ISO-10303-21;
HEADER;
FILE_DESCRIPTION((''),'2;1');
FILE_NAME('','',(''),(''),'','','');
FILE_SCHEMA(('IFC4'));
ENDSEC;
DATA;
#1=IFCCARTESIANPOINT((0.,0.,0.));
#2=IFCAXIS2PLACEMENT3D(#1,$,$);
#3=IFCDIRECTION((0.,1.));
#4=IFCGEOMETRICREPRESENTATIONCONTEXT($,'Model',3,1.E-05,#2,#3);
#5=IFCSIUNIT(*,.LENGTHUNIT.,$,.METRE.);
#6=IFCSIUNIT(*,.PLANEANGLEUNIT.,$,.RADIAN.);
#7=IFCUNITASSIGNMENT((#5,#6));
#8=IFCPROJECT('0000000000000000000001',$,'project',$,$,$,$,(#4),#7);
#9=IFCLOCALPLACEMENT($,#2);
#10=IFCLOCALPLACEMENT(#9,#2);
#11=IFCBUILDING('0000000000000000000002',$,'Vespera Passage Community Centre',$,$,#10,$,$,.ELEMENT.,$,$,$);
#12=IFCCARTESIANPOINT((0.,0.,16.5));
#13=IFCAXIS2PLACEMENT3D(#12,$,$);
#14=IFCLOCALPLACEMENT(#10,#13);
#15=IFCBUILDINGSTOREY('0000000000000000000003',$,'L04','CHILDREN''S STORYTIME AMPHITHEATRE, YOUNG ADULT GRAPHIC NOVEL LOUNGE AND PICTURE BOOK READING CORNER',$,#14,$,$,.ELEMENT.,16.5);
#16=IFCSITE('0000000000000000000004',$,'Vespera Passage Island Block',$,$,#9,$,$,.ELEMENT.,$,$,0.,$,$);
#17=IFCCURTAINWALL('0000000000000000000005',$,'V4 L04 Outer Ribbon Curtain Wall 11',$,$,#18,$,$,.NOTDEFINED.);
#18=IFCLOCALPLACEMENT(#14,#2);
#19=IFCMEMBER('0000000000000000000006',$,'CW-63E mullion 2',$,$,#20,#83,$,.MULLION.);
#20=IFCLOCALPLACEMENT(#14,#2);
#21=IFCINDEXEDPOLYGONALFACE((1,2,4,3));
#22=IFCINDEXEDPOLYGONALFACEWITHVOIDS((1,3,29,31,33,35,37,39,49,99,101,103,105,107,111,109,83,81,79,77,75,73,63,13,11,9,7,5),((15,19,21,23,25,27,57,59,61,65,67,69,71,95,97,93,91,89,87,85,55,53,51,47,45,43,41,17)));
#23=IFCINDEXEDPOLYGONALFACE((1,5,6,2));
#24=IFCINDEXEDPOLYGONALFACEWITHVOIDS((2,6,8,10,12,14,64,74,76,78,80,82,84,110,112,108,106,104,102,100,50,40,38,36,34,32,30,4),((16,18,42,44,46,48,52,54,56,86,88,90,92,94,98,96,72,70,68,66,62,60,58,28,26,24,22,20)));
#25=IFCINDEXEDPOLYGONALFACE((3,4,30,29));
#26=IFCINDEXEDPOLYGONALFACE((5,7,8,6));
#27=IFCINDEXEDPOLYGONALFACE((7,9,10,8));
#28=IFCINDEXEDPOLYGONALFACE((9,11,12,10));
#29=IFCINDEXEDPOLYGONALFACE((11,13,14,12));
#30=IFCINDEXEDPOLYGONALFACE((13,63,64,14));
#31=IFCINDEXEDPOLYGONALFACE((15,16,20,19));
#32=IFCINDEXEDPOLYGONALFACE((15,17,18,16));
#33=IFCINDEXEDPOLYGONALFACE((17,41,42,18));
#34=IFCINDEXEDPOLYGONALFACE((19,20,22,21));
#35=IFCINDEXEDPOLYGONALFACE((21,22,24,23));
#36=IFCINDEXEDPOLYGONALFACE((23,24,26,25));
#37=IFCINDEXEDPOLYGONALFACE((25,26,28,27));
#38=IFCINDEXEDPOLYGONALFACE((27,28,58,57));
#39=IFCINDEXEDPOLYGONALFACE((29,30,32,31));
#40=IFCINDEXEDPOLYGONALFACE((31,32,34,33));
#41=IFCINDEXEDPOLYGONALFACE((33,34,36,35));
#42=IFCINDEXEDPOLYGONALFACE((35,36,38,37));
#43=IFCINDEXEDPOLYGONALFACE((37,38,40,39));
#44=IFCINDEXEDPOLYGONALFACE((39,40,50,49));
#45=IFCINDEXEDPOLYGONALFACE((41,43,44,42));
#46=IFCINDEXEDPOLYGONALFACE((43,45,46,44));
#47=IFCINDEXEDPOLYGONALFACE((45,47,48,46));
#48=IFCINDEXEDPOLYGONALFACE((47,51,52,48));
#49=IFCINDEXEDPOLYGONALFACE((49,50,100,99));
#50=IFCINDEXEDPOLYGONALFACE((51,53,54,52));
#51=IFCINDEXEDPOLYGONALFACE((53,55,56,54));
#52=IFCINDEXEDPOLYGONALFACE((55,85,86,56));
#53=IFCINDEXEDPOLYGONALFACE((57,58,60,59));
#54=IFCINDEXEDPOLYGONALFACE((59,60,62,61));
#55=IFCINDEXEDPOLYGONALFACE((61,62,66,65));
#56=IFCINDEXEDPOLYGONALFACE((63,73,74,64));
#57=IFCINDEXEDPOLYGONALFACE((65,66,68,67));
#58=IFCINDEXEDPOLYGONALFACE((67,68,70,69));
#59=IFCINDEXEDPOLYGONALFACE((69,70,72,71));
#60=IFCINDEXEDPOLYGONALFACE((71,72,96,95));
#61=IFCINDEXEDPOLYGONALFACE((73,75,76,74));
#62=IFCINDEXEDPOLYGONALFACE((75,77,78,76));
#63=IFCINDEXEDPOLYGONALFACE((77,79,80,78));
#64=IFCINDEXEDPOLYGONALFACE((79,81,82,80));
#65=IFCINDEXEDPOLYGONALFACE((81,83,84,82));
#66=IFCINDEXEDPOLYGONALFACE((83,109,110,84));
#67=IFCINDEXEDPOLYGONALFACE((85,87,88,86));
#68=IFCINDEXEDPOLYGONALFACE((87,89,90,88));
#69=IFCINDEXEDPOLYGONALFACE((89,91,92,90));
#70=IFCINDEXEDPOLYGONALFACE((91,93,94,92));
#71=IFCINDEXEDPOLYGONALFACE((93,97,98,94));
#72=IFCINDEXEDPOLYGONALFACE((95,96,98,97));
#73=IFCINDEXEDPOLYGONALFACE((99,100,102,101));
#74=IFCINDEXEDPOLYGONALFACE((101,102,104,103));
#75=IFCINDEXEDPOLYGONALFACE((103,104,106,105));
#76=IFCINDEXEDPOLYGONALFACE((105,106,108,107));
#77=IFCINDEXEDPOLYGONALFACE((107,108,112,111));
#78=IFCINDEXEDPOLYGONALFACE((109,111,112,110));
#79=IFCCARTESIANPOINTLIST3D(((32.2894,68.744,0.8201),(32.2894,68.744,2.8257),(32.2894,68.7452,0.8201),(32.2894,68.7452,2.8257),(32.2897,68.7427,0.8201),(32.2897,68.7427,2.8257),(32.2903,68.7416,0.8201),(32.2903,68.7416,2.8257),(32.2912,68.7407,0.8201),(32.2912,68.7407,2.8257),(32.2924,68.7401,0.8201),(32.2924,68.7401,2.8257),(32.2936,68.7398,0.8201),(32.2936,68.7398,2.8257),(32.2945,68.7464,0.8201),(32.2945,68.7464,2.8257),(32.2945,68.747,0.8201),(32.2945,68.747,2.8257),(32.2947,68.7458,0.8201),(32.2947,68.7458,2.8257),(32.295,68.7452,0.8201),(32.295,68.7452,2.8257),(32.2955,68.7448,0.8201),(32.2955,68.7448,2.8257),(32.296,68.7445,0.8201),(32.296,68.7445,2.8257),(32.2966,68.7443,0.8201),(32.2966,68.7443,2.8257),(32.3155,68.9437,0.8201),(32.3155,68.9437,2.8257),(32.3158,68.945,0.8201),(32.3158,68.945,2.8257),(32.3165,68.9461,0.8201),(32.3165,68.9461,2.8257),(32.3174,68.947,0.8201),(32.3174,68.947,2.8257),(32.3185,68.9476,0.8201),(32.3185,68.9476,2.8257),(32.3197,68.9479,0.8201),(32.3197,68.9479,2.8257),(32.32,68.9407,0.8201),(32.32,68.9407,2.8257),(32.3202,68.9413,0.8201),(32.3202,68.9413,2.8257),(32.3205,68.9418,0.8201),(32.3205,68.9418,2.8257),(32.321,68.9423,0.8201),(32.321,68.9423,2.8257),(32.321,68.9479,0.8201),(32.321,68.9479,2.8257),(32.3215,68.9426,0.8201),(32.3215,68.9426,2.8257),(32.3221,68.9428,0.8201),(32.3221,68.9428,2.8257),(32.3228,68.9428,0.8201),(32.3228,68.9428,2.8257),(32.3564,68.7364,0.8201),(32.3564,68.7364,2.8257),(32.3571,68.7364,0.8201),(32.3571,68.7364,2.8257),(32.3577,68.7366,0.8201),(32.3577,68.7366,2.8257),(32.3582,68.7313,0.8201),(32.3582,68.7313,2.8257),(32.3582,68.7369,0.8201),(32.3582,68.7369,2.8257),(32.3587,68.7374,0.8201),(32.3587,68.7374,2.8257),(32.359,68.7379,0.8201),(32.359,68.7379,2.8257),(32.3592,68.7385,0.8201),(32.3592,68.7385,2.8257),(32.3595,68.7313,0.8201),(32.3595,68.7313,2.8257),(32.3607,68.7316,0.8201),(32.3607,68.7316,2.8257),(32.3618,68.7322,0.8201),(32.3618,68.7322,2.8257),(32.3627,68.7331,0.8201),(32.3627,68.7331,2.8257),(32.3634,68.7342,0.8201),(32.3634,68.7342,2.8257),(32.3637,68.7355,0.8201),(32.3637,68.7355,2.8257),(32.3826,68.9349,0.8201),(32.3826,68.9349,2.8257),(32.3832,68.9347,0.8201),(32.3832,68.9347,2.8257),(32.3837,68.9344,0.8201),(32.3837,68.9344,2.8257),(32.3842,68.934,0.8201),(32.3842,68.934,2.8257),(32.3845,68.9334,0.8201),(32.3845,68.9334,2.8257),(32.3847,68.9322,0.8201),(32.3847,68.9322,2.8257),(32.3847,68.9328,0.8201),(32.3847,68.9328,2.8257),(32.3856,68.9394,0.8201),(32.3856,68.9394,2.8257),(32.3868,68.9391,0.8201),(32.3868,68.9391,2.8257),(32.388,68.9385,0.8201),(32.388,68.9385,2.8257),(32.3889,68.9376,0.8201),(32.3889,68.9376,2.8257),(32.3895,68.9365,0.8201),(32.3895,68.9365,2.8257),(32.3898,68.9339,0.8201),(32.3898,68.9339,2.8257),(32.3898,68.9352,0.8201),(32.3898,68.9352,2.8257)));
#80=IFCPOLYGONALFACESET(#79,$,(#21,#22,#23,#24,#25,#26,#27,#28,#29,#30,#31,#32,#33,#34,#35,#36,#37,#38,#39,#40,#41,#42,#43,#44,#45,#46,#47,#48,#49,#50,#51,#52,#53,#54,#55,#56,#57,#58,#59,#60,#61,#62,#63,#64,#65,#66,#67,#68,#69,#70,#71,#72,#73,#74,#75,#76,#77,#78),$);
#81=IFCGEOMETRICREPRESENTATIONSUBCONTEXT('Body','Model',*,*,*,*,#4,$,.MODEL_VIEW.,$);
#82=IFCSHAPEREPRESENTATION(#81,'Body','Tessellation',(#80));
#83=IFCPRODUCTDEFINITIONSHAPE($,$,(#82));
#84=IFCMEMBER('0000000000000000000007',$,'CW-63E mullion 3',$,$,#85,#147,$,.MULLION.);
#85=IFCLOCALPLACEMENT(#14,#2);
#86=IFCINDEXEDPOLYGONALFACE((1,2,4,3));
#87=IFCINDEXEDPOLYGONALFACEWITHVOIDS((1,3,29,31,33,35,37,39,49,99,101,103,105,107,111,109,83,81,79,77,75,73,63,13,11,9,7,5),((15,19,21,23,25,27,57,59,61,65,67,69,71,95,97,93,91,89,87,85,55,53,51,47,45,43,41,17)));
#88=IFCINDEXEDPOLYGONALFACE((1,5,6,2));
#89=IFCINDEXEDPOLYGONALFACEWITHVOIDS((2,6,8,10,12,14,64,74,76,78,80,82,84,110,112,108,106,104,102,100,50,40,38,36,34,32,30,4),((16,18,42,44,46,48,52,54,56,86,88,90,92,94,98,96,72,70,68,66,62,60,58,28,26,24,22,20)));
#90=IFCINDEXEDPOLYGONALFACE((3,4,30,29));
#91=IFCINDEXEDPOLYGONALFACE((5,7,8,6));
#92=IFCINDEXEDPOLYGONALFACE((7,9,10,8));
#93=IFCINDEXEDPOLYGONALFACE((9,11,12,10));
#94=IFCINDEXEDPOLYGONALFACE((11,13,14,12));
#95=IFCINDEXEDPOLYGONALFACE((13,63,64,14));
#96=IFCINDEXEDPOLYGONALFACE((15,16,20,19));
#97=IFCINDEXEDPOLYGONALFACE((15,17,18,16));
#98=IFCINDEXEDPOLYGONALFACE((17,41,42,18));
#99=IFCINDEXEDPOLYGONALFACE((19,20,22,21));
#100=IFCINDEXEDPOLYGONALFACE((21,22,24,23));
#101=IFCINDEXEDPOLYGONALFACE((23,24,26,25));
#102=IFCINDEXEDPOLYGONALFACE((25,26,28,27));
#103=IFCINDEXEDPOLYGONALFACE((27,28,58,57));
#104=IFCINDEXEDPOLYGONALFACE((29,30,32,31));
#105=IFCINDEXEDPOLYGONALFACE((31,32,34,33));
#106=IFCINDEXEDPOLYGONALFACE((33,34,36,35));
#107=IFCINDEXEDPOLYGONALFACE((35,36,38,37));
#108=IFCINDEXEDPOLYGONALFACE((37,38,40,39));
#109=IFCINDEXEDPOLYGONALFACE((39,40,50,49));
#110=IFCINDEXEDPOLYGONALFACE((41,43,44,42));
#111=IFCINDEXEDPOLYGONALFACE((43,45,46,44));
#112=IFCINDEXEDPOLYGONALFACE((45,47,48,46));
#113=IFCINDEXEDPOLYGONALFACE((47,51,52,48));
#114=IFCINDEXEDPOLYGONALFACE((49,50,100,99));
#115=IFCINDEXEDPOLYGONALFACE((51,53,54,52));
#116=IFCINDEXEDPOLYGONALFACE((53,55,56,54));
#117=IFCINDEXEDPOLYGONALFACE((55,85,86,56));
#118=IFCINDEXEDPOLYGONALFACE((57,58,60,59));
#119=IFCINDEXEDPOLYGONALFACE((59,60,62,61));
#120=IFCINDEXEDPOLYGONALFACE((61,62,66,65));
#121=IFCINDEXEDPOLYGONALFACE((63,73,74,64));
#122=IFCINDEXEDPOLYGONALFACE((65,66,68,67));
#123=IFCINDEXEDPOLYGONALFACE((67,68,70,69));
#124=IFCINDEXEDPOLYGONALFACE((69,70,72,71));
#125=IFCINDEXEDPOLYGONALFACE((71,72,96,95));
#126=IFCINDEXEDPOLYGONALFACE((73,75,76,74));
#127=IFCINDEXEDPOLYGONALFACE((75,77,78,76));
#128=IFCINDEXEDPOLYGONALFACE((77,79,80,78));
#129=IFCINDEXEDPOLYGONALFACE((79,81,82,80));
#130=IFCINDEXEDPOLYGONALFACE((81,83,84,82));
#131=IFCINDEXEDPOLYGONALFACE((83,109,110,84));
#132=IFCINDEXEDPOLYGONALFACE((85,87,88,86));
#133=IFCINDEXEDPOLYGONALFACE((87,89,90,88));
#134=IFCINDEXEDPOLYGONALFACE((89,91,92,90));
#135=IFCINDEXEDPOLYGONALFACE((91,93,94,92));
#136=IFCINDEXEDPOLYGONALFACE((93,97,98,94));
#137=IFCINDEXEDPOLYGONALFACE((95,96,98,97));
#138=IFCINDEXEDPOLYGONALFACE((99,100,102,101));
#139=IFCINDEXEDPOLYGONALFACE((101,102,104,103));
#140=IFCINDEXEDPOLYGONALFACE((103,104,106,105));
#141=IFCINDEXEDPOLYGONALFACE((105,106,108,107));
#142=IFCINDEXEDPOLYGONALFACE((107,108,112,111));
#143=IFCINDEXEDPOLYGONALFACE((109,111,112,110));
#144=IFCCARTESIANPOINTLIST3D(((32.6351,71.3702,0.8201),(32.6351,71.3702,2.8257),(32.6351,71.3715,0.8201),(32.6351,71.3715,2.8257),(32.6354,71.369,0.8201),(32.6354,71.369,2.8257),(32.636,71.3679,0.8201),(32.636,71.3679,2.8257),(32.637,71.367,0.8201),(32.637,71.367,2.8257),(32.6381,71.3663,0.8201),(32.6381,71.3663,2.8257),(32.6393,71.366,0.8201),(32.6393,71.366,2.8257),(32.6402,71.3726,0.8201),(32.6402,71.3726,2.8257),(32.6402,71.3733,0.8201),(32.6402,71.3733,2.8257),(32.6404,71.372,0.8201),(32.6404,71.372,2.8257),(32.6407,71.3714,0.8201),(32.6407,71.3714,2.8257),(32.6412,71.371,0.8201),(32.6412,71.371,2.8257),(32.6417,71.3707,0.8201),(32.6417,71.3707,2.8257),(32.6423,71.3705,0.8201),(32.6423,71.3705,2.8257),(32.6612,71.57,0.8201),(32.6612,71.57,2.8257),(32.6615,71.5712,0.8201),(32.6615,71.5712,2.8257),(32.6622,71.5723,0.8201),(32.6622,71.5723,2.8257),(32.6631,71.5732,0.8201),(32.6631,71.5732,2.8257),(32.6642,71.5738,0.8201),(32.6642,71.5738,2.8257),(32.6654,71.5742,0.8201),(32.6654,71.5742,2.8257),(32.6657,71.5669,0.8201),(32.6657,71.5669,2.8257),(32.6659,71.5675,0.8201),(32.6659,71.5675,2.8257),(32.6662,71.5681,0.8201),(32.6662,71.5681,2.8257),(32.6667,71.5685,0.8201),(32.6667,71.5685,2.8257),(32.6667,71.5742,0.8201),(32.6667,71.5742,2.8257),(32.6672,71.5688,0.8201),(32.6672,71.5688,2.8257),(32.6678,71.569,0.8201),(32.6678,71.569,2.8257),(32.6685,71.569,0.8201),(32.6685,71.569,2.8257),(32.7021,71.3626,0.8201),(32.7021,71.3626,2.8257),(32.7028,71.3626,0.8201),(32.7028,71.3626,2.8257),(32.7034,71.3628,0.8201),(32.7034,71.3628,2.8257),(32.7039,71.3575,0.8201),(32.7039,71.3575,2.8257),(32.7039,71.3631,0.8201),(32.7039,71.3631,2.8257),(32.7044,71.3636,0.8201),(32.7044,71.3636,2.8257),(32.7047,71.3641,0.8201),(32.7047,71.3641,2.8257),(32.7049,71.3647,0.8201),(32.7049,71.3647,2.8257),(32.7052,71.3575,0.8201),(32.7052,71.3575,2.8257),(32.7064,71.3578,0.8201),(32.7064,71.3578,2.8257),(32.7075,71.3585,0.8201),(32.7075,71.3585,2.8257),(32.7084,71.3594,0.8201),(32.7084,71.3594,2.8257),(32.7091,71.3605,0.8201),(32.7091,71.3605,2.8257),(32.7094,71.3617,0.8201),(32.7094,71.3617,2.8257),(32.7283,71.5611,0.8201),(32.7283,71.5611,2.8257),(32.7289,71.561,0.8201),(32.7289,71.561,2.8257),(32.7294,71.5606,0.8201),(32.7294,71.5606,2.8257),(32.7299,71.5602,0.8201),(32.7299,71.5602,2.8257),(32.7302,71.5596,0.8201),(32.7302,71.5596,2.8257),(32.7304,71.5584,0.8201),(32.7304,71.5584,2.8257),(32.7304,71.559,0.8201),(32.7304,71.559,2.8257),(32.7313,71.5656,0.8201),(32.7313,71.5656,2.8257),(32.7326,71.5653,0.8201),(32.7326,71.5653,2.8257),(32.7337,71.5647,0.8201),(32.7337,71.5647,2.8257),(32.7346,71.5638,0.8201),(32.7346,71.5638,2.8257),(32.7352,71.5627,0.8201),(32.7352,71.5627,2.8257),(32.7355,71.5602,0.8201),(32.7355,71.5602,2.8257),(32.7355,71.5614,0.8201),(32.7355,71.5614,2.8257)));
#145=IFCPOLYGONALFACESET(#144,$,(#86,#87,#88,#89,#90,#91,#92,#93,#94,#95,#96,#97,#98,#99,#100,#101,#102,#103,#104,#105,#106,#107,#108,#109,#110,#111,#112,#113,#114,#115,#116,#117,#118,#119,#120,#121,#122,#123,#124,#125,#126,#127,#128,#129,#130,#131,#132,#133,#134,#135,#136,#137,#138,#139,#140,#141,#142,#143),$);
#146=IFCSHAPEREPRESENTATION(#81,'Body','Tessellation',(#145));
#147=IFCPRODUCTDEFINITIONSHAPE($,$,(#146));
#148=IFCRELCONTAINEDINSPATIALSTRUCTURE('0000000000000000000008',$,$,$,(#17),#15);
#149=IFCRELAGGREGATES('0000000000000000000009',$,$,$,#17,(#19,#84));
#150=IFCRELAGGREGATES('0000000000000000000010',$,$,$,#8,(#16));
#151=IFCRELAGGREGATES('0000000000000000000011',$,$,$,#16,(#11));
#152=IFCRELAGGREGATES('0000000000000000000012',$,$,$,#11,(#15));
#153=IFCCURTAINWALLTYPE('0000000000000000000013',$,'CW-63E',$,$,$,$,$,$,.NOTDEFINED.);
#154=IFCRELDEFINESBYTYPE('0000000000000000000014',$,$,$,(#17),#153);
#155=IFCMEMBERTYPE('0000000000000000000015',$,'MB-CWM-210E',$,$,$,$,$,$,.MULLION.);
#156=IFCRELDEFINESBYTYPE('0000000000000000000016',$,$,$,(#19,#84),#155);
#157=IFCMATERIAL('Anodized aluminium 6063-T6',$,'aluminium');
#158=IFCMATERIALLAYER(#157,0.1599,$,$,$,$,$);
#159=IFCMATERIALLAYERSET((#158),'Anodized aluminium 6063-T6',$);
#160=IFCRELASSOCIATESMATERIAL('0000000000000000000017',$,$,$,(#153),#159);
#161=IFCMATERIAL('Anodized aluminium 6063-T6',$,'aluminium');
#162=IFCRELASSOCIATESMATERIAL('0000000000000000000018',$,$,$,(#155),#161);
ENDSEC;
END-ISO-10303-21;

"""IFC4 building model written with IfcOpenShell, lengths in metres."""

from ifc_helpers import new_model, si_unit, direction, frame, origin, origin_2d, place, context, subcontext, project, spatial, hollow_rectangle, extrude, material, layer, layer_set, material_profile, profile_set, type_object, element, aggregate, save


model = new_model("IFC4")

# Units and contexts
model_context = context("Model", 3, precision=1e-05, world=origin(), true_north=direction((0.0, 1.0)))
body_context = subcontext(model_context, "Body", "Model", "MODEL_VIEW")
ifc_project = project(units=[si_unit("LENGTHUNIT", "METRE"), si_unit("PLANEANGLEUNIT", "RADIAN")], contexts=[model_context])

# Site, building, storey
site_placement = place(None, origin())
site = spatial("IfcSite", under=ifc_project, at=site_placement, Name="Vespera Passage Island Block", CompositionType="ELEMENT", RefElevation=0.0)
building_placement = place(site_placement, origin())
building = spatial("IfcBuilding", under=site, at=building_placement, Name="Vespera Passage Community Centre", CompositionType="ELEMENT")
storey_placement = place(building_placement, frame((0.0, 0.0, 16.5)))
storey = spatial("IfcBuildingStorey", under=building, at=storey_placement, Name="L04", Description="CHILDREN'S STORYTIME AMPHITHEATRE, YOUNG ADULT GRAPHIC NOVEL LOUNGE AND PICTURE BOOK READING CORNER", CompositionType="ELEMENT", Elevation=16.5)

# Curtain wall, members
ifc_material_1 = material(Name="Anodized aluminium 6063-T6", Category="aluminium")
ifc_layer_1 = layer(ifc_material_1, 0.1599)
ifc_layer_set_1 = layer_set([ifc_layer_1], Name="Anodized aluminium 6063-T6")
curtain_wall_type = type_object("IfcCurtainWallType", Name="CW-63E", PredefinedType="NOTDEFINED", material=ifc_layer_set_1)
curtain_wall_placement = place(storey_placement, origin())
curtain_wall = element("IfcCurtainWall", 1, at=curtain_wall_placement, inside=storey, type_object=curtain_wall_type, Name="V4 L04 Outer Ribbon Curtain Wall 11", PredefinedType="NOTDEFINED")
ifc_material_2 = material(Name="Anodized aluminium 6063-T6", Category="aluminium")
ifc_material_profile_1 = material_profile(ifc_material_2, hollow_rectangle(XDim=0.075, YDim=0.21, WallThickness=0.0049, InnerFilletRadius=0.0024, OuterFilletRadius=0.0049, at=origin_2d()), Name="ALU210X75X5")
ifc_profile_set_1 = profile_set([ifc_material_profile_1], Name="Anodized aluminium 6063-T6")
member_type_1 = type_object("IfcMemberType", Name="MB-CWM-210E", PredefinedType="MULLION", material=ifc_profile_set_1)
member_1_placement = place(storey_placement, frame((32.3396, 68.8396, 0.8201), z_axis=(0.0, 0.0, 1.0), x_axis=(-0.991445, 0.130523, 0.0)))
member_1 = element("IfcMember", 2, at=member_1_placement, type_object=member_type_1, Name="CW-63E mullion 2", PredefinedType="MULLION", context=body_context, shape_type="SweptSolid", body=[
    extrude(hollow_rectangle(XDim=0.075, YDim=0.21, WallThickness=0.0049, InnerFilletRadius=0.0024, OuterFilletRadius=0.0049, at=origin_2d()), origin(), (0.0, 0.0, 1.0), 2.0056),
])
member_2_placement = place(storey_placement, frame((32.6853, 71.4658, 0.8201), z_axis=(0.0, 0.0, 1.0), x_axis=(-0.991445, 0.130523, 0.0)))
member_2 = element("IfcMember", 3, at=member_2_placement, type_object=member_type_1, Name="CW-63E mullion 3", PredefinedType="MULLION", context=body_context, shape_type="SweptSolid", body=[
    extrude(hollow_rectangle(XDim=0.075, YDim=0.21, WallThickness=0.0049, InnerFilletRadius=0.0024, OuterFilletRadius=0.0049, at=origin_2d()), origin(), (0.0, 0.0, 1.0), 2.0056),
])
aggregate(curtain_wall, [member_1, member_2])

save(model, "model.ifc")
